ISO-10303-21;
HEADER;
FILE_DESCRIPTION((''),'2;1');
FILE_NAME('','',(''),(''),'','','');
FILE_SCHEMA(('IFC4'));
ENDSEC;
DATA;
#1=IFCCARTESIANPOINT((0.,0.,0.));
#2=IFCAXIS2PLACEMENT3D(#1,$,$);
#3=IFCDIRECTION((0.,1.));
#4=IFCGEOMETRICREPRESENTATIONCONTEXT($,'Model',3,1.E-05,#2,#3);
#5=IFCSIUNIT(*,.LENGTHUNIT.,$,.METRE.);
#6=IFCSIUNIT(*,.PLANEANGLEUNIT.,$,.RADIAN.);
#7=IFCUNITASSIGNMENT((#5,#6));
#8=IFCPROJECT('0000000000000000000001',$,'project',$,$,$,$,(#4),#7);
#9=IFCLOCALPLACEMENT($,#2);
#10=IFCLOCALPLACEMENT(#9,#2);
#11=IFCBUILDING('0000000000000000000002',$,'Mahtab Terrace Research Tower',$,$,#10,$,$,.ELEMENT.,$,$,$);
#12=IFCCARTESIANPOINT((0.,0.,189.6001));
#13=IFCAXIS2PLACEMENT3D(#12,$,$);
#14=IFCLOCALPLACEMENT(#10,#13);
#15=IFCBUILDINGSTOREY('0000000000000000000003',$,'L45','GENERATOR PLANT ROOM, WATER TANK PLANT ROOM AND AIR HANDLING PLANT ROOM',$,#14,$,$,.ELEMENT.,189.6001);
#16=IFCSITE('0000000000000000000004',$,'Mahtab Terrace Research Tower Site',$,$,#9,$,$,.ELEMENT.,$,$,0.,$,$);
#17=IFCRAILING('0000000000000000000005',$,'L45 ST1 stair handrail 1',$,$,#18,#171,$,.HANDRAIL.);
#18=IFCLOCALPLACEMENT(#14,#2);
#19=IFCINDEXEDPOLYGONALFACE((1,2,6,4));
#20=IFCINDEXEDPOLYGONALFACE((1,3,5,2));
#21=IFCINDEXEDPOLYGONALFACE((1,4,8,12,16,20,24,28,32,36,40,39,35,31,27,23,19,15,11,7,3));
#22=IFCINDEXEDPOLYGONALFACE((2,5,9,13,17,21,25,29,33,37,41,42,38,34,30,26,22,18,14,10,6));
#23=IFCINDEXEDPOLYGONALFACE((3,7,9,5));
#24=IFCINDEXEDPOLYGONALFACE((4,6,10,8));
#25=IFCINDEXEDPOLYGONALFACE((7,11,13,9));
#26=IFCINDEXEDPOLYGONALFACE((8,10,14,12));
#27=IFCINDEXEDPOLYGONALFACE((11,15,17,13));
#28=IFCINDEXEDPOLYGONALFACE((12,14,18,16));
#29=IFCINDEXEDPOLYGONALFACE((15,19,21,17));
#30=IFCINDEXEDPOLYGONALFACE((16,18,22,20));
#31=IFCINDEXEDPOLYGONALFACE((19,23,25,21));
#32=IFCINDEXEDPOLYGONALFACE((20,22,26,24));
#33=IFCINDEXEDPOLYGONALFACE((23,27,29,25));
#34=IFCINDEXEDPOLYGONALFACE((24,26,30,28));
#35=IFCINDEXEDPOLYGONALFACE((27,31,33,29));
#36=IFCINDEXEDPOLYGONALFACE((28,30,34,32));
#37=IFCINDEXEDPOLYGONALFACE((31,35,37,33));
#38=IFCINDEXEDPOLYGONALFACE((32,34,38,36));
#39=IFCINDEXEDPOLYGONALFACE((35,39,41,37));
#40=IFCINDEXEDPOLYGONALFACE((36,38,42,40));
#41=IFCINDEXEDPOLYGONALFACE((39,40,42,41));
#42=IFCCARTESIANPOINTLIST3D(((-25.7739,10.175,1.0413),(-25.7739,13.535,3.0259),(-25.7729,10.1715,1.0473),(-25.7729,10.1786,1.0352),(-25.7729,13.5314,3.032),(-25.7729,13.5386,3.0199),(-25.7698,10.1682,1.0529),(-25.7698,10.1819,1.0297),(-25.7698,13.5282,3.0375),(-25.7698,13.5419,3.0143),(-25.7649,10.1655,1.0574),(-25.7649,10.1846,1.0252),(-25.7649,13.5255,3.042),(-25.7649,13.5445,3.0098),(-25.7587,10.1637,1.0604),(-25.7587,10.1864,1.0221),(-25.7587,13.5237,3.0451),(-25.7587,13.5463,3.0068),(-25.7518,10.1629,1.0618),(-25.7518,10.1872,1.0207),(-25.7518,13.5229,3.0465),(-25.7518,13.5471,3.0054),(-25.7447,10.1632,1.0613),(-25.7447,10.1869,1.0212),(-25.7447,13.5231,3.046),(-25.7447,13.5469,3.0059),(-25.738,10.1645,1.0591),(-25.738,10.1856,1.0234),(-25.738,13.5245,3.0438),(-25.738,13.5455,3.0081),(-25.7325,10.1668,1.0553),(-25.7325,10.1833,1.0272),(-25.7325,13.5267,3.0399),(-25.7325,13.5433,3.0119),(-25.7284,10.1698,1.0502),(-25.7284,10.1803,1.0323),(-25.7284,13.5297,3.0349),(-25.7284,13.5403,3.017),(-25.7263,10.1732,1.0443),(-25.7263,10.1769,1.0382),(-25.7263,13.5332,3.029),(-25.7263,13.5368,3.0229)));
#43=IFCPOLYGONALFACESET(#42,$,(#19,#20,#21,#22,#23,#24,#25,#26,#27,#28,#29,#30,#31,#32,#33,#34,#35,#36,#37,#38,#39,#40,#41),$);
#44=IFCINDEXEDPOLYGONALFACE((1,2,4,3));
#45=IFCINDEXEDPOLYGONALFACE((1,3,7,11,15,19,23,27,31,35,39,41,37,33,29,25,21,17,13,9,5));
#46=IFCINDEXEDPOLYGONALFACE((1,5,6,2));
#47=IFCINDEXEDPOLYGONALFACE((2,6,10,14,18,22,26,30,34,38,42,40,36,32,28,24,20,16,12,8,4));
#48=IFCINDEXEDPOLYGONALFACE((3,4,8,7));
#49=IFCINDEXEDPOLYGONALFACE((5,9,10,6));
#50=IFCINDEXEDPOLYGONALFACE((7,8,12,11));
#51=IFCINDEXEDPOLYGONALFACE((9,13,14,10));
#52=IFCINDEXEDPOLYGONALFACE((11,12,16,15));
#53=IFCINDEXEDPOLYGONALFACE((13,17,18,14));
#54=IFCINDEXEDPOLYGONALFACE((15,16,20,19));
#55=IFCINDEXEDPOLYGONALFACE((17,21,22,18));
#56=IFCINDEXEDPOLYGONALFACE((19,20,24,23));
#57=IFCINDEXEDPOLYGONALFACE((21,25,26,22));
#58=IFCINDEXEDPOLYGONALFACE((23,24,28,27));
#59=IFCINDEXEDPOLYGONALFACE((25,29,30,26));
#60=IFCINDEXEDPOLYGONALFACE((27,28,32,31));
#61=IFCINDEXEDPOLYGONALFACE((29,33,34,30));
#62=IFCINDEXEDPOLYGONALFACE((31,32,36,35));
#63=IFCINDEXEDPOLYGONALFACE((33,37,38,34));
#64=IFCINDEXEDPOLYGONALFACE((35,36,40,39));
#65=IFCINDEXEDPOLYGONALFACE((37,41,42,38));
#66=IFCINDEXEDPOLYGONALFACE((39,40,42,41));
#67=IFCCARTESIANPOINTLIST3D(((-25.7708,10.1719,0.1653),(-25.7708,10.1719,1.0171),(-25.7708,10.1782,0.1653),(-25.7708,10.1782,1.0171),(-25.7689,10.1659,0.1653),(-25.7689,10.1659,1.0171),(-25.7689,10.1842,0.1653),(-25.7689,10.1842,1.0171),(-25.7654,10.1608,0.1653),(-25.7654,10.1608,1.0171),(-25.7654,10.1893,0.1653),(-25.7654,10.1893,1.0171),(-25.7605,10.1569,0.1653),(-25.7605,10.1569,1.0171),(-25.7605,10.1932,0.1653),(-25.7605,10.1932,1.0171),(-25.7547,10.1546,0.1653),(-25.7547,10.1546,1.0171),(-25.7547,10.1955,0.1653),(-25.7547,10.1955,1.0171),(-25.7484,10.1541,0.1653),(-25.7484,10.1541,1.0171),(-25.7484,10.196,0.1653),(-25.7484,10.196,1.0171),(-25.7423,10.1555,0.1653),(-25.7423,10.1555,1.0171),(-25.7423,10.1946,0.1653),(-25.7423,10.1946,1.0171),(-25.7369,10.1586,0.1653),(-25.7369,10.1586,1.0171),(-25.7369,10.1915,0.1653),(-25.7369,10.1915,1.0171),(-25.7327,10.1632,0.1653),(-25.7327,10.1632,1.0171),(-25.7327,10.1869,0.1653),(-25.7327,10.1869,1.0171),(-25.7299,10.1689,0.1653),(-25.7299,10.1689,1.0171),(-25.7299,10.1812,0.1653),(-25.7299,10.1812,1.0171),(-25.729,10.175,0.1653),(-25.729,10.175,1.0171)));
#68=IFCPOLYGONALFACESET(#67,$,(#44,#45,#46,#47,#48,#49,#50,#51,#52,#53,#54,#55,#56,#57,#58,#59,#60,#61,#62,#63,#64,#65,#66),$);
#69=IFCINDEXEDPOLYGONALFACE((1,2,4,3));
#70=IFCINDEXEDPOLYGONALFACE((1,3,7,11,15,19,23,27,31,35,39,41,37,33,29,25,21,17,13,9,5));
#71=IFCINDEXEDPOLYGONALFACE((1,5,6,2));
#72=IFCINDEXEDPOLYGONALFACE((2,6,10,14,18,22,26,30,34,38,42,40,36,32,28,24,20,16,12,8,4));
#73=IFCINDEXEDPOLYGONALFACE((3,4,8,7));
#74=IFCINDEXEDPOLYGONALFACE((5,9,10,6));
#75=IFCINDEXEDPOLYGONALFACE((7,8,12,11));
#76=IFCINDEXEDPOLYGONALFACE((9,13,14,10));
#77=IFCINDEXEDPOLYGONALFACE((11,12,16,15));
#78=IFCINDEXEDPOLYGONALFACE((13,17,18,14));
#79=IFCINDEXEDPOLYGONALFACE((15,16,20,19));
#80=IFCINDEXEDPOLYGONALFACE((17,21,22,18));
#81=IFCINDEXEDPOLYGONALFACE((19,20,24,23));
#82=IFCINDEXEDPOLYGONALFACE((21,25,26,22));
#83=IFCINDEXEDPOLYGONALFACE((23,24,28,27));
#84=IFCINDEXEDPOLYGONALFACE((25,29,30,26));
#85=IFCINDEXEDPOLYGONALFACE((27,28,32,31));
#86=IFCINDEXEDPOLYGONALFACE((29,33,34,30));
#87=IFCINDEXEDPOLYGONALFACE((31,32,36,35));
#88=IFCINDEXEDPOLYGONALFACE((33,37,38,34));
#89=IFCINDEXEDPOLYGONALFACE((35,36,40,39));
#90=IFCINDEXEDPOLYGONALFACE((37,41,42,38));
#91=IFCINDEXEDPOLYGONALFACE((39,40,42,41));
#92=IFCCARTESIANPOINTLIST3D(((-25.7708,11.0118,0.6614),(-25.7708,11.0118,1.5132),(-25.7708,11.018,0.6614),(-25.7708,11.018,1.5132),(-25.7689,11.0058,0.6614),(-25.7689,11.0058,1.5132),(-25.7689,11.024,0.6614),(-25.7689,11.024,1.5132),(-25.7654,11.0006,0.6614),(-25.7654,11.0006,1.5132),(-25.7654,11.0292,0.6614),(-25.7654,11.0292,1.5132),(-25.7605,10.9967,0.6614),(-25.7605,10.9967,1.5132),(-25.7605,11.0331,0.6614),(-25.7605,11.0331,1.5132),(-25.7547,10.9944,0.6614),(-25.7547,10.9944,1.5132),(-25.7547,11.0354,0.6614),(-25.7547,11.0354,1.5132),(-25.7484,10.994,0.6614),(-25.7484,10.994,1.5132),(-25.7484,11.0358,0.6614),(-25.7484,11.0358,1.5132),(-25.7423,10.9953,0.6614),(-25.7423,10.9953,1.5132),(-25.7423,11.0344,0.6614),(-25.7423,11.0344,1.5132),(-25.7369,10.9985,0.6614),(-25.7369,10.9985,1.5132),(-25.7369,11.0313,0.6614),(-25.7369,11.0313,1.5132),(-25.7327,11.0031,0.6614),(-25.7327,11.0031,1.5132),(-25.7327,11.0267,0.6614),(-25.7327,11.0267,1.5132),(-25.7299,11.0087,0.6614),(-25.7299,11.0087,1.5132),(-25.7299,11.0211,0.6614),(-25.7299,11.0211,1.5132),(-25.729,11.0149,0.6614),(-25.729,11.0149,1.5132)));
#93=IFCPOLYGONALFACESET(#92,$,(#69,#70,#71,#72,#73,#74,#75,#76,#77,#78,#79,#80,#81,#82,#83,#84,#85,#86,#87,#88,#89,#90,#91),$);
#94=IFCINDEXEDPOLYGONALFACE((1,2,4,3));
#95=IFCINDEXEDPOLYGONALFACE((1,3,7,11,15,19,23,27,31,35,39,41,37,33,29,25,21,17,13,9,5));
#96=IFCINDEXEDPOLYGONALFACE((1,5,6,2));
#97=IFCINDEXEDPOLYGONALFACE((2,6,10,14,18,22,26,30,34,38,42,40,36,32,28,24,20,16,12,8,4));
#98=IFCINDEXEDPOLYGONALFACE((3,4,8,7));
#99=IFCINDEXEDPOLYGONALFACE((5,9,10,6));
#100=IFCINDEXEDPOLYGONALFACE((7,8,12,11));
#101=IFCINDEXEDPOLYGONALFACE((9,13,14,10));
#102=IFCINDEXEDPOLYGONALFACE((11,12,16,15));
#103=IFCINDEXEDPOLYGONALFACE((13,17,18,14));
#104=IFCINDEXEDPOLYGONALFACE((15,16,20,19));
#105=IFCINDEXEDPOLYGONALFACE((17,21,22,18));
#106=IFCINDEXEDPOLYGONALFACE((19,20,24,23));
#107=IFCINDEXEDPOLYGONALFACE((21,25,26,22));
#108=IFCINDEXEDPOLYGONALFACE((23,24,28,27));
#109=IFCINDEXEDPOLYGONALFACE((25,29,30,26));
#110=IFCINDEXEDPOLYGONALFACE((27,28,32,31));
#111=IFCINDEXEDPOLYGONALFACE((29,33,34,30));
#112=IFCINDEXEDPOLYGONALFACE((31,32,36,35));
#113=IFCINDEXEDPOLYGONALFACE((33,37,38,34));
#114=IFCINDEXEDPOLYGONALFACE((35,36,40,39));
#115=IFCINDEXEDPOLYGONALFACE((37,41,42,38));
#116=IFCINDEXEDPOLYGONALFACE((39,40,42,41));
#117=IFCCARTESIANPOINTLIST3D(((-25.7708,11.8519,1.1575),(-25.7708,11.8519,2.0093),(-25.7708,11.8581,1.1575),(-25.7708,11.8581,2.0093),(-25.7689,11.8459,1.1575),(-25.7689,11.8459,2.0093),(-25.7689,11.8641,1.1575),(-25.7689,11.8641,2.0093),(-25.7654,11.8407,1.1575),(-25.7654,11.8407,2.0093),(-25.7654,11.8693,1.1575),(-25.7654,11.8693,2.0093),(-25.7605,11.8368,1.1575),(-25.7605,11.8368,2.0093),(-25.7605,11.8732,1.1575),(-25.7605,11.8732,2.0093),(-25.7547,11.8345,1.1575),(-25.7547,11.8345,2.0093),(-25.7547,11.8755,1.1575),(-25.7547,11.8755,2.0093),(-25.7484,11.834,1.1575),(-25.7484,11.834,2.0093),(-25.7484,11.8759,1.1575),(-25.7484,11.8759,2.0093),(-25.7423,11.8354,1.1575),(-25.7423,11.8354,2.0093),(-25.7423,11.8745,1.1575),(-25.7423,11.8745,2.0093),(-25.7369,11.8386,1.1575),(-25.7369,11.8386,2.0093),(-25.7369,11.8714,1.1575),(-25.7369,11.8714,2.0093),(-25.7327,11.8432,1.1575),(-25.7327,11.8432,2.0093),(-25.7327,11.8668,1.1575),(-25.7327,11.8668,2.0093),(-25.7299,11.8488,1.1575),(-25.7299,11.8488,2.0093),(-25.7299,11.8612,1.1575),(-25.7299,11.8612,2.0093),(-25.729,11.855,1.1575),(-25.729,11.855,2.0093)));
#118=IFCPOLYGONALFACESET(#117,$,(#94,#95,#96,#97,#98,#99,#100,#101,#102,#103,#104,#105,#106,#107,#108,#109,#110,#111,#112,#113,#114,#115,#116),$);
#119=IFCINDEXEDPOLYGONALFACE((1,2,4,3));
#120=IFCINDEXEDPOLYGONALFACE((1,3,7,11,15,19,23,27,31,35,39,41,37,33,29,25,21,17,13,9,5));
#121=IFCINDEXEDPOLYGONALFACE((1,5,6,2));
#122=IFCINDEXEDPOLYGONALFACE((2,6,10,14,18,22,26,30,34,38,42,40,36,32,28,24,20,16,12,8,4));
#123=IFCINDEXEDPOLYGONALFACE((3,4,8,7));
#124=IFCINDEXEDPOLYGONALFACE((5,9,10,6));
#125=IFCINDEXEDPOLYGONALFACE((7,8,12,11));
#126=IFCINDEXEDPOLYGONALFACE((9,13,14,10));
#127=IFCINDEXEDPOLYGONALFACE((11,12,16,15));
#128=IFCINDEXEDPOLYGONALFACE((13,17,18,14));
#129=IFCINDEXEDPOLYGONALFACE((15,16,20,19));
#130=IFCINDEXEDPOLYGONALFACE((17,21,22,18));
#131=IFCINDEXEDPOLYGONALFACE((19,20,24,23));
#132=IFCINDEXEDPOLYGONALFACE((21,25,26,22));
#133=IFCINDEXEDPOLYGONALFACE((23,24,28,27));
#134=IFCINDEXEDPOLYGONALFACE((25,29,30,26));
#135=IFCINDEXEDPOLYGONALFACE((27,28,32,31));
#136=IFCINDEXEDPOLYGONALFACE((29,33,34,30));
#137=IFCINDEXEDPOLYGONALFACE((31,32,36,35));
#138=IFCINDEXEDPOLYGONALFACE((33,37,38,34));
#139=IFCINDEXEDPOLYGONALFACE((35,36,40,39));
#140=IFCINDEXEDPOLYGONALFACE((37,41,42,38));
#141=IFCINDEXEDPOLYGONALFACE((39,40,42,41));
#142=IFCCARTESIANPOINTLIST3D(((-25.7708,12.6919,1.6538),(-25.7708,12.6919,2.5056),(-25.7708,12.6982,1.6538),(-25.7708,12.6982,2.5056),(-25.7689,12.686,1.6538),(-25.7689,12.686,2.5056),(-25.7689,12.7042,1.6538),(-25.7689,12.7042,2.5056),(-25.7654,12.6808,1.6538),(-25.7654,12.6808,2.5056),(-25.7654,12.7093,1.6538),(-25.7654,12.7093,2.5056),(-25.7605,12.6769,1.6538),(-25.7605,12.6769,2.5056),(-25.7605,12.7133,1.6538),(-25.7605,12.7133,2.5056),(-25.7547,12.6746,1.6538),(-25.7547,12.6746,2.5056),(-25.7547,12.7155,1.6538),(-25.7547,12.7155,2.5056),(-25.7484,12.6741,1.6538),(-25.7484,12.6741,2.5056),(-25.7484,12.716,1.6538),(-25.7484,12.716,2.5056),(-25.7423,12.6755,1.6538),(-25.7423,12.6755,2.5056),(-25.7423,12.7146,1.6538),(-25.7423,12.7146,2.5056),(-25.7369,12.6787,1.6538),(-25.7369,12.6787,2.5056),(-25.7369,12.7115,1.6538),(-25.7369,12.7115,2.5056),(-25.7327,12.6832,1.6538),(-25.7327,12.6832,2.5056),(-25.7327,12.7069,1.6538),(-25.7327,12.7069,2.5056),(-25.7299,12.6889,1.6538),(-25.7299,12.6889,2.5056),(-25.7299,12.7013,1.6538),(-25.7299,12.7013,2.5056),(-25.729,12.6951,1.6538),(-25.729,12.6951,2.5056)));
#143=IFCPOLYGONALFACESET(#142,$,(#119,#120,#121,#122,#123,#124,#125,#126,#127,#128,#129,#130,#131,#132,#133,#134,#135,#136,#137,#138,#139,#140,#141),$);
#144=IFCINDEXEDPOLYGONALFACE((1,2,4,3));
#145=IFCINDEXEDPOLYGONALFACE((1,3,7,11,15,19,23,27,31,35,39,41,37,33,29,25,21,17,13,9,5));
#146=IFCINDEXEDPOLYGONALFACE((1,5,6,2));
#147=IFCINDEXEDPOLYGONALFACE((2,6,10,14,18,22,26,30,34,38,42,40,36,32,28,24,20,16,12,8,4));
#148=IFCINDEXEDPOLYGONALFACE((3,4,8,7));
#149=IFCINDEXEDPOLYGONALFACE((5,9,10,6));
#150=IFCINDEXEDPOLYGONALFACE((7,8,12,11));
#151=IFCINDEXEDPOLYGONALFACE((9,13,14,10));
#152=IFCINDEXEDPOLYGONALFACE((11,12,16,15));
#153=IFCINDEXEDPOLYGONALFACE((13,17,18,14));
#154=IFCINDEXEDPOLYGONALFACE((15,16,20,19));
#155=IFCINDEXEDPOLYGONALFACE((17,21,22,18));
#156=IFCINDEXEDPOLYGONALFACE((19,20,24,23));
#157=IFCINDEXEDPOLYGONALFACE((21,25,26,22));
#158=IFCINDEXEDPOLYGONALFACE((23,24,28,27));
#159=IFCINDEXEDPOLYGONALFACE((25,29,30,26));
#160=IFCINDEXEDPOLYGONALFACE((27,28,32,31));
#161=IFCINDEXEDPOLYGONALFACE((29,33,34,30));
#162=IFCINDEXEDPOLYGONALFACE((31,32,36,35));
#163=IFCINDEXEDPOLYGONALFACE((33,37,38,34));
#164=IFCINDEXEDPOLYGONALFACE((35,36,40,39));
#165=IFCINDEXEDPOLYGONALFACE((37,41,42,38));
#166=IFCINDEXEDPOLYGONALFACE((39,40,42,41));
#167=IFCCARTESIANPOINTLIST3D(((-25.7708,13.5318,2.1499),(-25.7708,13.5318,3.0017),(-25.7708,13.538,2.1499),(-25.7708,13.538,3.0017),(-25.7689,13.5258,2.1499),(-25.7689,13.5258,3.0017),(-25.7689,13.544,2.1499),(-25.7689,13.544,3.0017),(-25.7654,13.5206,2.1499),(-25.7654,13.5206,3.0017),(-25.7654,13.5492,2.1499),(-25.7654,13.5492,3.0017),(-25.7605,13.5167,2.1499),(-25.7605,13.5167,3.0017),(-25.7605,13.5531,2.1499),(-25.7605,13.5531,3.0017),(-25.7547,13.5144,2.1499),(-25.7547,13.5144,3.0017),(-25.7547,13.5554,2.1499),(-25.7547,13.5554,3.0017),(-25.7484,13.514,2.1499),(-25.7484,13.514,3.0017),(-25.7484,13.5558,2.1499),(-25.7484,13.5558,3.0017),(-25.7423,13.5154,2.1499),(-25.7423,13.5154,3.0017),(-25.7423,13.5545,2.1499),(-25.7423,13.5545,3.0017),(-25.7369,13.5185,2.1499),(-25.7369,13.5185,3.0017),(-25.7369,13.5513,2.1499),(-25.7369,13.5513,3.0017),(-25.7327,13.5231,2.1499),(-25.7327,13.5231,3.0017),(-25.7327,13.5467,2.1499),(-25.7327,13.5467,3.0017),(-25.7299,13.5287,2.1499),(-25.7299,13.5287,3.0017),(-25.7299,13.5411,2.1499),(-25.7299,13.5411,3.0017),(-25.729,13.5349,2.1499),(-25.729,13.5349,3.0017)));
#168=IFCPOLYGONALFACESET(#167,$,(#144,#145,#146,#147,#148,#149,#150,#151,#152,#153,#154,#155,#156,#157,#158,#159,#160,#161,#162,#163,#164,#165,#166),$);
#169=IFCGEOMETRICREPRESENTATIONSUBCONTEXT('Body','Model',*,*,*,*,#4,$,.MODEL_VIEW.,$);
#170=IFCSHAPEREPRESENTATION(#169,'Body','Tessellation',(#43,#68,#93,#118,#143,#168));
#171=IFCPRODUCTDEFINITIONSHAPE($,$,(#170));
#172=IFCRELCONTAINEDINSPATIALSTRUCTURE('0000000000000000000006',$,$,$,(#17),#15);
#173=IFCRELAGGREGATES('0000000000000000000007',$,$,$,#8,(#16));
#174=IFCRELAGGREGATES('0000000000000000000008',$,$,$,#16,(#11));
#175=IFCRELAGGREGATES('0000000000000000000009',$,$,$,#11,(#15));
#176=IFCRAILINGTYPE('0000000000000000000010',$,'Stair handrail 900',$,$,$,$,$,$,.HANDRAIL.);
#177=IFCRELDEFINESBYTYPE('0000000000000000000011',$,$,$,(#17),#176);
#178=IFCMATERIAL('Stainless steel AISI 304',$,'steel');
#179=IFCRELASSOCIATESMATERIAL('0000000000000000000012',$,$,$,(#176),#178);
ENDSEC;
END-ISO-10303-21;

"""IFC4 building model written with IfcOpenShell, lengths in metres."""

from ifc_helpers import new_model, si_unit, direction, frame, origin, origin_2d, place, context, subcontext, project, spatial, circle, extrude, material, type_object, element, save


model = new_model("IFC4")

# Units and contexts
model_context = context("Model", 3, precision=1e-05, world=origin(), true_north=direction((0.0, 1.0)))
body_context = subcontext(model_context, "Body", "Model", "MODEL_VIEW")
ifc_project = project(units=[si_unit("LENGTHUNIT", "METRE"), si_unit("PLANEANGLEUNIT", "RADIAN")], contexts=[model_context])

# Site, building, storey
site_placement = place(None, origin())
site = spatial("IfcSite", under=ifc_project, at=site_placement, Name="Mahtab Terrace Research Tower Site", CompositionType="ELEMENT", RefElevation=0.0)
building_placement = place(site_placement, origin())
building = spatial("IfcBuilding", under=site, at=building_placement, Name="Mahtab Terrace Research Tower", CompositionType="ELEMENT")
storey_placement = place(building_placement, frame((0.0, 0.0, 189.6001)))
storey = spatial("IfcBuildingStorey", under=building, at=storey_placement, Name="L45", Description="GENERATOR PLANT ROOM, WATER TANK PLANT ROOM AND AIR HANDLING PLANT ROOM", CompositionType="ELEMENT", Elevation=189.6001)

# Railing
ifc_material_1 = material(Name="Stainless steel AISI 304", Category="steel")
railing_type_1 = type_object("IfcRailingType", Name="Stair handrail 900", PredefinedType="HANDRAIL", material=ifc_material_1)
railing_1_placement = place(storey_placement, frame((-25.75, 10.175, 0.1653)))
element("IfcRailing", 1, at=railing_1_placement, inside=storey, type_object=railing_type_1, Name="L45 ST1 stair handrail 1", PredefinedType="HANDRAIL", context=body_context, shape_type="SweptSolid", body=[
    extrude(circle(Radius=0.0239, at=origin_2d()), frame((0.0, 0.0, 0.876), z_axis=(0.0, 0.861011, 0.508586), x_axis=(-1.0, 0.0, 0.0)), (0.0, 0.0, 1.0), 3.9023),
    extrude(circle(Radius=0.021, at=origin_2d()), origin(), (0.0, 0.0, 1.0), 0.8518),
    extrude(circle(Radius=0.021, at=origin_2d()), frame((0.0, 0.8398, 0.4961)), (0.0, 0.0, 1.0), 0.8518),
    extrude(circle(Radius=0.021, at=origin_2d()), frame((0.0, 1.6799, 0.9922)), (0.0, 0.0, 1.0), 0.8518),
    extrude(circle(Radius=0.021, at=origin_2d()), frame((0.0, 2.52, 1.4885)), (0.0, 0.0, 1.0), 0.8518),
    extrude(circle(Radius=0.021, at=origin_2d()), frame((0.0, 3.3599, 1.9846)), (0.0, 0.0, 1.0), 0.8518),
])

save(model, "model.ifc")
